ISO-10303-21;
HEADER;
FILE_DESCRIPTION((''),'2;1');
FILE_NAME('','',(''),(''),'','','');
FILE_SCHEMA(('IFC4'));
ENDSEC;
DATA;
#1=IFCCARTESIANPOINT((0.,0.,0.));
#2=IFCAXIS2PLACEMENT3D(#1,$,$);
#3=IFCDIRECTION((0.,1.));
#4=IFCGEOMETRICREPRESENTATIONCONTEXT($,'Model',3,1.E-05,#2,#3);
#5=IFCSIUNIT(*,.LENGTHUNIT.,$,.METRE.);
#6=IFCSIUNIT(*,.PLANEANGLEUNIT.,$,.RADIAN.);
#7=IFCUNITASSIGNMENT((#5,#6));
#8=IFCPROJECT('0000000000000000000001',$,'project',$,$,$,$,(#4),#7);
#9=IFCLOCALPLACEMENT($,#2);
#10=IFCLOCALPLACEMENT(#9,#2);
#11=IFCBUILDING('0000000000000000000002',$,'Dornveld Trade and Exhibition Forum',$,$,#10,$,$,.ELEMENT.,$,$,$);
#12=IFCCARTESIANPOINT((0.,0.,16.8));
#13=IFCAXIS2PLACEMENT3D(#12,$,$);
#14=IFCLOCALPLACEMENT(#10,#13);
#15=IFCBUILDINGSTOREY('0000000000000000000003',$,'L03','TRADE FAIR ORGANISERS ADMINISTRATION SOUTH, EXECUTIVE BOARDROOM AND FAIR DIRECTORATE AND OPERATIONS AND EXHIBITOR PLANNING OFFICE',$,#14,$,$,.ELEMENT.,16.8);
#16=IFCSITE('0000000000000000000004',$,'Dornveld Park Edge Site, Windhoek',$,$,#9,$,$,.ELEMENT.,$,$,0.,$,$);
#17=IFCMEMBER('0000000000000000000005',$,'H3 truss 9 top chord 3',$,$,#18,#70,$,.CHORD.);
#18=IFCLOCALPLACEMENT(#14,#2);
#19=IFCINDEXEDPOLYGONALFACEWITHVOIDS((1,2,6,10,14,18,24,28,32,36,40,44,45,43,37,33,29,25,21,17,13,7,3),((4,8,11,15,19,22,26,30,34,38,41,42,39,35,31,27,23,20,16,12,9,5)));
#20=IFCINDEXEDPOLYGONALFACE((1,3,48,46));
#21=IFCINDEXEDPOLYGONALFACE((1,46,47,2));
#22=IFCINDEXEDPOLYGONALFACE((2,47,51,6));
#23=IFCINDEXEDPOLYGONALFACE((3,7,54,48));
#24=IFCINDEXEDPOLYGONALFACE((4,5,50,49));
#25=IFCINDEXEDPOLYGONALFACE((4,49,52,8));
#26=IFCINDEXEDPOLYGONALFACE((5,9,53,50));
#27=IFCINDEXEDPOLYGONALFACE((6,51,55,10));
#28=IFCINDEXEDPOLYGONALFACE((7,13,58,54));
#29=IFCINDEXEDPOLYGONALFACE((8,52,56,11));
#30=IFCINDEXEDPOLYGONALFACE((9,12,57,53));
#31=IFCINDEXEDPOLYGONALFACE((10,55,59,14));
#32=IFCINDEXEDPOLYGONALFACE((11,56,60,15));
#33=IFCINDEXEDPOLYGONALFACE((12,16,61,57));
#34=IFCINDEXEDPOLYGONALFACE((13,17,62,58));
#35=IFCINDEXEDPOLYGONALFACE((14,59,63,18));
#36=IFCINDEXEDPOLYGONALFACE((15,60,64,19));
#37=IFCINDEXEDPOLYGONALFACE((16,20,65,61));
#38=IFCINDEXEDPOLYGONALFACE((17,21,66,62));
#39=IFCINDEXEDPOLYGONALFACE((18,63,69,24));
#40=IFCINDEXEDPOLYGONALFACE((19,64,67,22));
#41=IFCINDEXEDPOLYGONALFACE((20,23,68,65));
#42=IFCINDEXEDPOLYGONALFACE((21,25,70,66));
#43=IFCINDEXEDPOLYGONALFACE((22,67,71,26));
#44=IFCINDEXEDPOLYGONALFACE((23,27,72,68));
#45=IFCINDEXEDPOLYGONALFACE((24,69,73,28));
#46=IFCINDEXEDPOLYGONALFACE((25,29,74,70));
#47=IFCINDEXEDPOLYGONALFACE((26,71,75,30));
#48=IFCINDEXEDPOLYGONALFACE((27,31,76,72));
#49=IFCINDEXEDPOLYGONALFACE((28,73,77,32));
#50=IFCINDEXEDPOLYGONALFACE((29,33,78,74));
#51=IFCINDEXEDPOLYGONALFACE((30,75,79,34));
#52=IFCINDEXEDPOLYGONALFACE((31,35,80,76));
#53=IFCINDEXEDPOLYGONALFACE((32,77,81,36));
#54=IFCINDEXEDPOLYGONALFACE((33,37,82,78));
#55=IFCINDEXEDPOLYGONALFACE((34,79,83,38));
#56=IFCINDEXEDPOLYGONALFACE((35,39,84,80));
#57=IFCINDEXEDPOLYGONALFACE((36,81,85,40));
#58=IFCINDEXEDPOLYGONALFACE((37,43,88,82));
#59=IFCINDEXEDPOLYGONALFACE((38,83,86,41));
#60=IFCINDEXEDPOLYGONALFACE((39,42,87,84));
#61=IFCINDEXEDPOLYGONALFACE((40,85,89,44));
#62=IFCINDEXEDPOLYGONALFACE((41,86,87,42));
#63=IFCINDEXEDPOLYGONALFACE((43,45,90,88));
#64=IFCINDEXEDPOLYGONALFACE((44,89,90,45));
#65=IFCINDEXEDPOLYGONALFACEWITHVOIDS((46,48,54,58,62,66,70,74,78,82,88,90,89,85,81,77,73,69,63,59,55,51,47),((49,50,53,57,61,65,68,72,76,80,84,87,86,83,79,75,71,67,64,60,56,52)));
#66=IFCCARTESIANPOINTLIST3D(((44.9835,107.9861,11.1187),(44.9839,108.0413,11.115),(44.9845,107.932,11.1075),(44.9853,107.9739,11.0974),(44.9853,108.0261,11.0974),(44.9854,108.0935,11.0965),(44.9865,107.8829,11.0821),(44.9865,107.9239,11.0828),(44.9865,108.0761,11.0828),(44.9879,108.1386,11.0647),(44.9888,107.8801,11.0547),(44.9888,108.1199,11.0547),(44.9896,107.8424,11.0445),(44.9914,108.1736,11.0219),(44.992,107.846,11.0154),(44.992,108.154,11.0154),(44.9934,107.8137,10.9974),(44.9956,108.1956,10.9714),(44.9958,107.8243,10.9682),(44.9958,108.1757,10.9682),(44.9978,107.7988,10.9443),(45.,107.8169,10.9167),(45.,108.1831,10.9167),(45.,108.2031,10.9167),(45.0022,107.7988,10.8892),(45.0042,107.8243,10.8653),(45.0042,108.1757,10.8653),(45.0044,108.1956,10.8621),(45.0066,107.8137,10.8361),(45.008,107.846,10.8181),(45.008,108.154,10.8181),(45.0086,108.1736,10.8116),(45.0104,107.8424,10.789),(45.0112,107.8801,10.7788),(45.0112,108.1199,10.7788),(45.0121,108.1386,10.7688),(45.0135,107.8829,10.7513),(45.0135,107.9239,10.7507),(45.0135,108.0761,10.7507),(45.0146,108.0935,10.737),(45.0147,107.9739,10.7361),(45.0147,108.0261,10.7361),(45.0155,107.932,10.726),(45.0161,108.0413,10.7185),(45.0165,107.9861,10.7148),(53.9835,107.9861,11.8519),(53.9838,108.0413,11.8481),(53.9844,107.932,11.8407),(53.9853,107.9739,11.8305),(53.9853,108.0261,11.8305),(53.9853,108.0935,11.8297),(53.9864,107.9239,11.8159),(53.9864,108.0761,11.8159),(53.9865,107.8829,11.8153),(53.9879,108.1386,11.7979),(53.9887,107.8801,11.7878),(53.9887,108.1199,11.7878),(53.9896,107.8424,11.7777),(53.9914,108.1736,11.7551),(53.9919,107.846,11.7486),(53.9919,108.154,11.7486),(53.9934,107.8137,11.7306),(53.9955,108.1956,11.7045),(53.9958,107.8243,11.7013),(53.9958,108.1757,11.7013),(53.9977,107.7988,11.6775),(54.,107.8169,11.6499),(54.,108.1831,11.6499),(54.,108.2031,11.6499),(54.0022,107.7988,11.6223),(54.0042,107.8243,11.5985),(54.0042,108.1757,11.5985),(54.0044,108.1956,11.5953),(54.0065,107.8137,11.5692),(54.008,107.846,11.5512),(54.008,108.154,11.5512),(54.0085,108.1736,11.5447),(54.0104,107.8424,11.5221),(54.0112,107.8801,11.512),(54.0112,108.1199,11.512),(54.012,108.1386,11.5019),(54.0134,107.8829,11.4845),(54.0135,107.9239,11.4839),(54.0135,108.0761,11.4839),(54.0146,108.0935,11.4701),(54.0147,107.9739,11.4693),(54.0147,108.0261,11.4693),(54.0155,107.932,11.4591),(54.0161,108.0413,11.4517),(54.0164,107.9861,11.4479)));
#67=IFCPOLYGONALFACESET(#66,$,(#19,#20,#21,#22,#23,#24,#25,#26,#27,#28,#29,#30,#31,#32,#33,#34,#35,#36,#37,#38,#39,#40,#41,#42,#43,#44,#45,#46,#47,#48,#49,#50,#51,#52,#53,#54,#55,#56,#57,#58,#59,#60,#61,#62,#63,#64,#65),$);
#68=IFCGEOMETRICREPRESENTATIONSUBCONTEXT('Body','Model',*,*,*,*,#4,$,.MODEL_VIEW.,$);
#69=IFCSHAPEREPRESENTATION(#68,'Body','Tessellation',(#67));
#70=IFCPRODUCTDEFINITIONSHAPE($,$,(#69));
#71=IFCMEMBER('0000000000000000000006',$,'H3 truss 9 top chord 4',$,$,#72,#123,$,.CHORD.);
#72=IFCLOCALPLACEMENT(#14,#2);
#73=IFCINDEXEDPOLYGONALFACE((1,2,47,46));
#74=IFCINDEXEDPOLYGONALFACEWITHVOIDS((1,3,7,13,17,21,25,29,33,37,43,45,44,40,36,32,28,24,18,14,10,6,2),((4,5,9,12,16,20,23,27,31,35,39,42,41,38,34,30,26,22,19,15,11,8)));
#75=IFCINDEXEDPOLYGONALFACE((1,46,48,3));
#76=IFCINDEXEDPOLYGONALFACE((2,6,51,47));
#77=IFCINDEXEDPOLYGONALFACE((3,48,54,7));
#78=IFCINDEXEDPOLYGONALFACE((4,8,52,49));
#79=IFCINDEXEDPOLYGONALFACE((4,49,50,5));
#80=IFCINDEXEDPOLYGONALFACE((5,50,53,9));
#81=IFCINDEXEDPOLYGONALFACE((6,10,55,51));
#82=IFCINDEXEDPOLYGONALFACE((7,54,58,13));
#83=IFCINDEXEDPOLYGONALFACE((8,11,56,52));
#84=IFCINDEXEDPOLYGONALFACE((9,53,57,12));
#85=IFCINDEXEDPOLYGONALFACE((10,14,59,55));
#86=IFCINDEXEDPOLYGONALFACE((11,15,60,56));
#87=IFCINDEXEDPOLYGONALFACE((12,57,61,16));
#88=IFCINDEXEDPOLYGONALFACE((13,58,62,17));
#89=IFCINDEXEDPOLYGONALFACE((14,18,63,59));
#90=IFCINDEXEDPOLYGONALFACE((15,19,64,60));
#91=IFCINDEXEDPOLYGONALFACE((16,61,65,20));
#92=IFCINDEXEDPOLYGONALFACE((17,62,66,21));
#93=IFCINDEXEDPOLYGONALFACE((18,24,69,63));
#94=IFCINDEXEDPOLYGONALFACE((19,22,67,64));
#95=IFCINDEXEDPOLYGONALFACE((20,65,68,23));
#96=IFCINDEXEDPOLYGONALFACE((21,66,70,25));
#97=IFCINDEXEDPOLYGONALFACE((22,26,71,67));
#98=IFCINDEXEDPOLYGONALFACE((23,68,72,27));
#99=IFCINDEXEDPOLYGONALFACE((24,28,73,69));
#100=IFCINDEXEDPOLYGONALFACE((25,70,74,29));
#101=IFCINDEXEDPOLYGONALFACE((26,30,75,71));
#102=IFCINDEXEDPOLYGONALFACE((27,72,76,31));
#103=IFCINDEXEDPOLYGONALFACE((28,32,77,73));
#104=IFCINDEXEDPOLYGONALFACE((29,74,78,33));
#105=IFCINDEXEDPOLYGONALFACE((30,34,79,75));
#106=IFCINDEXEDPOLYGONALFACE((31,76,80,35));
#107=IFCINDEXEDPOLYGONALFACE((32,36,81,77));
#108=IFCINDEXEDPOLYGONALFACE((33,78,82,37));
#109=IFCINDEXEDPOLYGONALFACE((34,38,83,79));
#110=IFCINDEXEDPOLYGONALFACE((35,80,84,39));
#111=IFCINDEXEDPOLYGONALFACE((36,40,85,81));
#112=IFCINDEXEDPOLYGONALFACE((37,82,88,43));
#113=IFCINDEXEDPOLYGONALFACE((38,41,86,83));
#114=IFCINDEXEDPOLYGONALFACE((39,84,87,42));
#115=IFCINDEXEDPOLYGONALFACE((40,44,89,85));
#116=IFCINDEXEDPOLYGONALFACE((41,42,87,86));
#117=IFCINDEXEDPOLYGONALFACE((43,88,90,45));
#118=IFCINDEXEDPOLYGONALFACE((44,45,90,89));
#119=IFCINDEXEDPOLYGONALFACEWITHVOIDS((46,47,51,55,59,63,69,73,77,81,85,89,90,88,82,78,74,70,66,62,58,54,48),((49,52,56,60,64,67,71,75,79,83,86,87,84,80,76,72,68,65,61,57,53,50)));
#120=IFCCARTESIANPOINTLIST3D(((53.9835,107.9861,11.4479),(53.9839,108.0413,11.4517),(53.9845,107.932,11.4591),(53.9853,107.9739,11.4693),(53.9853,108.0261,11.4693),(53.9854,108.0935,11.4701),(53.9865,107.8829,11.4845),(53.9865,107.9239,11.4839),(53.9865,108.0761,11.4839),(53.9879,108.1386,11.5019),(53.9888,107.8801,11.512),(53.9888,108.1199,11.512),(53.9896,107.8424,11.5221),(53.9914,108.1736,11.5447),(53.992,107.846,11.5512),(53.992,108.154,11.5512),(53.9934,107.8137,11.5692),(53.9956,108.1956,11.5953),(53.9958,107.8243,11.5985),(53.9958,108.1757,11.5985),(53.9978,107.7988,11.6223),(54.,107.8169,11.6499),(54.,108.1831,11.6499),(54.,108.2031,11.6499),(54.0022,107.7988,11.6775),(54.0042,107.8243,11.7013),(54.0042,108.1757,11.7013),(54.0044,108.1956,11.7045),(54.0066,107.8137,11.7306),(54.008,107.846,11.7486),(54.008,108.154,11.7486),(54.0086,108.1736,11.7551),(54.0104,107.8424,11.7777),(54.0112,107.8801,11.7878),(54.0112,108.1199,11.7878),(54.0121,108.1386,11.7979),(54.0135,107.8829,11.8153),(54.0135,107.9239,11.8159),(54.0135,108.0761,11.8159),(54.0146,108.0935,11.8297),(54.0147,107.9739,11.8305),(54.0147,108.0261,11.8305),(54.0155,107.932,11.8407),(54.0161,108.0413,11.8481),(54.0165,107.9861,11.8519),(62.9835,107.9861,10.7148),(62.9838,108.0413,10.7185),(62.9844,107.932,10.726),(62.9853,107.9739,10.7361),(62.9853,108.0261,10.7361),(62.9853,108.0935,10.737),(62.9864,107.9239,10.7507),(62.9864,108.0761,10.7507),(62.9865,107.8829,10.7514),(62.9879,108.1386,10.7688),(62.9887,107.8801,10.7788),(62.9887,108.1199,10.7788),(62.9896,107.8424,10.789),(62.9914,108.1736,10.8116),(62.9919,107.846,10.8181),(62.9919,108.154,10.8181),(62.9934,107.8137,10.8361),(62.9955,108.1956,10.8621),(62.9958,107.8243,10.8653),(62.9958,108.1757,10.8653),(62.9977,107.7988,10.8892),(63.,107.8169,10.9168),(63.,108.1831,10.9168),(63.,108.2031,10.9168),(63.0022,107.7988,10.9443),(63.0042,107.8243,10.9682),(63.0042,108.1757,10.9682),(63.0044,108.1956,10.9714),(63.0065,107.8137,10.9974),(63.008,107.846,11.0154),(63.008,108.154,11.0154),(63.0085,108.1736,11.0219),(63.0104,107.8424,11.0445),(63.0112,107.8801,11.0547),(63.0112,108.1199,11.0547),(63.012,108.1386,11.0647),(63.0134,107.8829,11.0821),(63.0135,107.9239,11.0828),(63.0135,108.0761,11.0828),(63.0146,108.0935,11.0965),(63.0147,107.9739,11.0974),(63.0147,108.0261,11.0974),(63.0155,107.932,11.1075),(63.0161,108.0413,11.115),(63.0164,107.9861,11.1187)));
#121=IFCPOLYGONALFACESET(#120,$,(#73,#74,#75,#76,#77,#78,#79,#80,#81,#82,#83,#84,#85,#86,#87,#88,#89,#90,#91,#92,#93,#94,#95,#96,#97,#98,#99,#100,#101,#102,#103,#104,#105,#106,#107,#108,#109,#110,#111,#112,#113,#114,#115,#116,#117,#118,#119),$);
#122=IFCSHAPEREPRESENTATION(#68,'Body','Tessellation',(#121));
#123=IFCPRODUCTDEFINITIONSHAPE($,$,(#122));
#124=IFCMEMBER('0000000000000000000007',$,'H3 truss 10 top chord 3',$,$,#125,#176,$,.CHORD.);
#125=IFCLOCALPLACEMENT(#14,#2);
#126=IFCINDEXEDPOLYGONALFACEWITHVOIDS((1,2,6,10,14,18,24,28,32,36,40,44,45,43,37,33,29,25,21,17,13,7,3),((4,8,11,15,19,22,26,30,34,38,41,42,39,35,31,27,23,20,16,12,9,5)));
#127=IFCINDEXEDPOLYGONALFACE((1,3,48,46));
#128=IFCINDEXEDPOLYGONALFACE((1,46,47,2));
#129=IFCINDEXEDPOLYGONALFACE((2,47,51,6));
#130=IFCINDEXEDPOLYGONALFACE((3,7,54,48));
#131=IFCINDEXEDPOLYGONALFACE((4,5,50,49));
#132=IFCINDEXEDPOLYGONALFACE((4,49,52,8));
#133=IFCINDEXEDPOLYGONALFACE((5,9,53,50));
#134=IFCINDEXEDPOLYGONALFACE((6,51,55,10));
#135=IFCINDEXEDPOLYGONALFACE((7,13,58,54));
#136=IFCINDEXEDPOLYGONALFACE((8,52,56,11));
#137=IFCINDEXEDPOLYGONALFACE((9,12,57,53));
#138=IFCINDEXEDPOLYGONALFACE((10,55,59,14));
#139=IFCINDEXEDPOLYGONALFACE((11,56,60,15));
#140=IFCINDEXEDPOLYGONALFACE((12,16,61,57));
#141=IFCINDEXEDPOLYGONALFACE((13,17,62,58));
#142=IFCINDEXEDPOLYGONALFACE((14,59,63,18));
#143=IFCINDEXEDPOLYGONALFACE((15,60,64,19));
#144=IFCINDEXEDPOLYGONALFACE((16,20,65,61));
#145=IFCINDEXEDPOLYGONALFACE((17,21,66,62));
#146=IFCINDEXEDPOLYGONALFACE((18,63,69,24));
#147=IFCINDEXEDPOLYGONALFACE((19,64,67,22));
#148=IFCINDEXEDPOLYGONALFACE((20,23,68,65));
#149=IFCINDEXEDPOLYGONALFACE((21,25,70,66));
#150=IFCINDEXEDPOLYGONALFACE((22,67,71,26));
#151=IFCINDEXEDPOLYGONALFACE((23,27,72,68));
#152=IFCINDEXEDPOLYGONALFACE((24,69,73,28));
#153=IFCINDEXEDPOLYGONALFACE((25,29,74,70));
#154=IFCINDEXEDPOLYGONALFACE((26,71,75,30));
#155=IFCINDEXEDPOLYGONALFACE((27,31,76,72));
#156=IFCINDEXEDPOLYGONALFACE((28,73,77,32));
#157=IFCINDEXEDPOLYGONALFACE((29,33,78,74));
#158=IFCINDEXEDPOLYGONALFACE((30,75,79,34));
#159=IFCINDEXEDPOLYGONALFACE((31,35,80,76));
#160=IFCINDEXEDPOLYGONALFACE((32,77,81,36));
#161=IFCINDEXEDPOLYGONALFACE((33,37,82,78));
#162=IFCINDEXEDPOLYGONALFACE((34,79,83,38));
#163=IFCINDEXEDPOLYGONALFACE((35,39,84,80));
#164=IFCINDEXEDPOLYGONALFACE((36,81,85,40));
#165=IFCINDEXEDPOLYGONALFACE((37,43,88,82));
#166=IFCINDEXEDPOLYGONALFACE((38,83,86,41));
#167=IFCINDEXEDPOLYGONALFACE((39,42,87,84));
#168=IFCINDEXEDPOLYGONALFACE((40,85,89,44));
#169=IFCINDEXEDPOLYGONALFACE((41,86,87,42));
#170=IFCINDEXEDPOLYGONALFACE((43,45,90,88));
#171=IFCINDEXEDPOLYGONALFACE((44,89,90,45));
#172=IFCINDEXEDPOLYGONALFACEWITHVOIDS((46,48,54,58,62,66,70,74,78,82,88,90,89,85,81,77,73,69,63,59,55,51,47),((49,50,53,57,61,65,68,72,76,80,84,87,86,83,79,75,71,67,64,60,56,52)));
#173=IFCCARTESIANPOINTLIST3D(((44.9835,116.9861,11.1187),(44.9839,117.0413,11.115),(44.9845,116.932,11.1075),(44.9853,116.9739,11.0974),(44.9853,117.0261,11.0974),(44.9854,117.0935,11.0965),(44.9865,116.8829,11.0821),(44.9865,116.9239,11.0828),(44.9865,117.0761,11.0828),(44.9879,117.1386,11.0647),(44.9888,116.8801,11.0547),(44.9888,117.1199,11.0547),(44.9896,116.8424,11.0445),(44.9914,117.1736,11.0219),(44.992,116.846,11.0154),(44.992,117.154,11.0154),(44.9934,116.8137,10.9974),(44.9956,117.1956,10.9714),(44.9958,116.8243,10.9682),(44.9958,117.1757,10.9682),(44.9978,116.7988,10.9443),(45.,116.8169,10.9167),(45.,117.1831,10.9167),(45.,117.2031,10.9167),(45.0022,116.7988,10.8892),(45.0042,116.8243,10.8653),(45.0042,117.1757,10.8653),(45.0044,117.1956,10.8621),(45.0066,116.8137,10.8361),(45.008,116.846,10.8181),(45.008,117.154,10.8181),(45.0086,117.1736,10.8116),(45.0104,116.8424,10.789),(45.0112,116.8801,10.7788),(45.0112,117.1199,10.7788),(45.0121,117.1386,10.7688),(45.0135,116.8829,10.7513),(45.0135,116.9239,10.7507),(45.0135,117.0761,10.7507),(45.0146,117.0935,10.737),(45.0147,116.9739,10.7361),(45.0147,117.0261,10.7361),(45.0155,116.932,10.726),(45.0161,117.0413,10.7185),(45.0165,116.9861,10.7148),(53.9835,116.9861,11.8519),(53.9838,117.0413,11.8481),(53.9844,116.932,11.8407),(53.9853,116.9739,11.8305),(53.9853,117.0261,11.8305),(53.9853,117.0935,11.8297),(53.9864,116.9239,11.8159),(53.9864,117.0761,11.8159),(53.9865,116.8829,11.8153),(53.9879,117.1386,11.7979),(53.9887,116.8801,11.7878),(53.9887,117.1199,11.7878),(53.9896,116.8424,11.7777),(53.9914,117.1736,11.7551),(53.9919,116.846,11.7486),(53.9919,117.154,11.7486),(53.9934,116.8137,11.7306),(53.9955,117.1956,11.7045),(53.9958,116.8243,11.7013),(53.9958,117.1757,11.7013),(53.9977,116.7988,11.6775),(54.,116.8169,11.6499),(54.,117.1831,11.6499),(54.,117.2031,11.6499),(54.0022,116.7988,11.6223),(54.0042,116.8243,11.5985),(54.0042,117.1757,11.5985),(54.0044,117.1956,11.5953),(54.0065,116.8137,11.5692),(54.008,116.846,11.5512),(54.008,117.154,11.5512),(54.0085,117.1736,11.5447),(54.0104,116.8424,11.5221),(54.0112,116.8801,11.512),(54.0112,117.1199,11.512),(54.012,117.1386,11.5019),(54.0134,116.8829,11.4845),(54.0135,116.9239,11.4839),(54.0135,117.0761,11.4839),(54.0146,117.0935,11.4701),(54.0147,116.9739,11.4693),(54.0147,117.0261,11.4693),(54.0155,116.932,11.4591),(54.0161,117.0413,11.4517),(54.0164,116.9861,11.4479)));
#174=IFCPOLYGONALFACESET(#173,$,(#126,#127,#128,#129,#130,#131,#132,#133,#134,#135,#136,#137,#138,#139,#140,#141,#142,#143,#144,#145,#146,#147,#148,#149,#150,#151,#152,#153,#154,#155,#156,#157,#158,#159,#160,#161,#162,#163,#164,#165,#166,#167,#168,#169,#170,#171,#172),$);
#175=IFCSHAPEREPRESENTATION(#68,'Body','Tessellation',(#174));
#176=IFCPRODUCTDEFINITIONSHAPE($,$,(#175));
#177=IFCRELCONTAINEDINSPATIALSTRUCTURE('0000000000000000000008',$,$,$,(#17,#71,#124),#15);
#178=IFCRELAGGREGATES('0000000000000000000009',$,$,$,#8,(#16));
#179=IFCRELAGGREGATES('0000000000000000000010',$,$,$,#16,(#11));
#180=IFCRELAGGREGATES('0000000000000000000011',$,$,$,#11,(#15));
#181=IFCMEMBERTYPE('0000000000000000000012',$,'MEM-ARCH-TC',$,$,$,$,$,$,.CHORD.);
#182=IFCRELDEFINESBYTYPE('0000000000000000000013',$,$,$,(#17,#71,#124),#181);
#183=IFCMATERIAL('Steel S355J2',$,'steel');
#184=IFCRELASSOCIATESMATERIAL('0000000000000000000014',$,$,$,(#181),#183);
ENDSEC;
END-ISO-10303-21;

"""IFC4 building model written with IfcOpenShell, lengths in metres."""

from ifc_helpers import new_model, si_unit, direction, frame, origin, origin_2d, place, context, subcontext, project, spatial, hollow_circle, extrude, material, material_profile, profile_set, type_object, element, save


model = new_model("IFC4")

# Units and contexts
model_context = context("Model", 3, precision=1e-05, world=origin(), true_north=direction((0.0, 1.0)))
body_context = subcontext(model_context, "Body", "Model", "MODEL_VIEW")
ifc_project = project(units=[si_unit("LENGTHUNIT", "METRE"), si_unit("PLANEANGLEUNIT", "RADIAN")], contexts=[model_context])

# Site, building, storey
site_placement = place(None, origin())
site = spatial("IfcSite", under=ifc_project, at=site_placement, Name="Dornveld Park Edge Site, Windhoek", CompositionType="ELEMENT", RefElevation=0.0)
building_placement = place(site_placement, origin())
building = spatial("IfcBuilding", under=site, at=building_placement, Name="Dornveld Trade and Exhibition Forum", CompositionType="ELEMENT")
storey_placement = place(building_placement, frame((0.0, 0.0, 16.8)))
storey = spatial("IfcBuildingStorey", under=building, at=storey_placement, Name="L03", Description="TRADE FAIR ORGANISERS ADMINISTRATION SOUTH, EXECUTIVE BOARDROOM AND FAIR DIRECTORATE AND OPERATIONS AND EXHIBITOR PLANNING OFFICE", CompositionType="ELEMENT", Elevation=16.8)

# Members
ifc_material_1 = material(Name="Steel S355J2", Category="steel")
ifc_material_profile_1 = material_profile(ifc_material_1, hollow_circle(Radius=0.2031, WallThickness=0.02, at=origin_2d()), Name="CHS 406.4x20")
ifc_profile_set_1 = profile_set([ifc_material_profile_1], Name="Steel S355J2")
member_type_1 = type_object("IfcMemberType", Name="MEM-ARCH-TC", PredefinedType="CHORD", material=ifc_profile_set_1)
for number, where, z_axis, x_axis, name in (
    (1, (45.0, 108.0, 10.9167), (0.996698, 0.0, 0.081193), (0.0, 1.0, 0.0), "H3 truss 9 top chord 3"),
    (2, (54.0, 108.0, 11.6499), (0.996698, 0.0, -0.081193), (0.0, 1.0, 0.0), "H3 truss 9 top chord 4"),
    (3, (45.0, 117.0, 10.9167), (0.996698, 0.0, 0.081193), (0.0, 1.0, 0.0), "H3 truss 10 top chord 3"),
):
    element("IfcMember", number, at=place(storey_placement, frame(where, z_axis=z_axis, x_axis=x_axis)), inside=storey, type_object=member_type_1, Name=name, PredefinedType="CHORD", context=body_context, shape_type="SweptSolid", body=[
        extrude(hollow_circle(Radius=0.2031, WallThickness=0.02, at=origin_2d()), origin(), (0.0, 0.0, 1.0), 9.0298),
    ])

save(model, "model.ifc")
